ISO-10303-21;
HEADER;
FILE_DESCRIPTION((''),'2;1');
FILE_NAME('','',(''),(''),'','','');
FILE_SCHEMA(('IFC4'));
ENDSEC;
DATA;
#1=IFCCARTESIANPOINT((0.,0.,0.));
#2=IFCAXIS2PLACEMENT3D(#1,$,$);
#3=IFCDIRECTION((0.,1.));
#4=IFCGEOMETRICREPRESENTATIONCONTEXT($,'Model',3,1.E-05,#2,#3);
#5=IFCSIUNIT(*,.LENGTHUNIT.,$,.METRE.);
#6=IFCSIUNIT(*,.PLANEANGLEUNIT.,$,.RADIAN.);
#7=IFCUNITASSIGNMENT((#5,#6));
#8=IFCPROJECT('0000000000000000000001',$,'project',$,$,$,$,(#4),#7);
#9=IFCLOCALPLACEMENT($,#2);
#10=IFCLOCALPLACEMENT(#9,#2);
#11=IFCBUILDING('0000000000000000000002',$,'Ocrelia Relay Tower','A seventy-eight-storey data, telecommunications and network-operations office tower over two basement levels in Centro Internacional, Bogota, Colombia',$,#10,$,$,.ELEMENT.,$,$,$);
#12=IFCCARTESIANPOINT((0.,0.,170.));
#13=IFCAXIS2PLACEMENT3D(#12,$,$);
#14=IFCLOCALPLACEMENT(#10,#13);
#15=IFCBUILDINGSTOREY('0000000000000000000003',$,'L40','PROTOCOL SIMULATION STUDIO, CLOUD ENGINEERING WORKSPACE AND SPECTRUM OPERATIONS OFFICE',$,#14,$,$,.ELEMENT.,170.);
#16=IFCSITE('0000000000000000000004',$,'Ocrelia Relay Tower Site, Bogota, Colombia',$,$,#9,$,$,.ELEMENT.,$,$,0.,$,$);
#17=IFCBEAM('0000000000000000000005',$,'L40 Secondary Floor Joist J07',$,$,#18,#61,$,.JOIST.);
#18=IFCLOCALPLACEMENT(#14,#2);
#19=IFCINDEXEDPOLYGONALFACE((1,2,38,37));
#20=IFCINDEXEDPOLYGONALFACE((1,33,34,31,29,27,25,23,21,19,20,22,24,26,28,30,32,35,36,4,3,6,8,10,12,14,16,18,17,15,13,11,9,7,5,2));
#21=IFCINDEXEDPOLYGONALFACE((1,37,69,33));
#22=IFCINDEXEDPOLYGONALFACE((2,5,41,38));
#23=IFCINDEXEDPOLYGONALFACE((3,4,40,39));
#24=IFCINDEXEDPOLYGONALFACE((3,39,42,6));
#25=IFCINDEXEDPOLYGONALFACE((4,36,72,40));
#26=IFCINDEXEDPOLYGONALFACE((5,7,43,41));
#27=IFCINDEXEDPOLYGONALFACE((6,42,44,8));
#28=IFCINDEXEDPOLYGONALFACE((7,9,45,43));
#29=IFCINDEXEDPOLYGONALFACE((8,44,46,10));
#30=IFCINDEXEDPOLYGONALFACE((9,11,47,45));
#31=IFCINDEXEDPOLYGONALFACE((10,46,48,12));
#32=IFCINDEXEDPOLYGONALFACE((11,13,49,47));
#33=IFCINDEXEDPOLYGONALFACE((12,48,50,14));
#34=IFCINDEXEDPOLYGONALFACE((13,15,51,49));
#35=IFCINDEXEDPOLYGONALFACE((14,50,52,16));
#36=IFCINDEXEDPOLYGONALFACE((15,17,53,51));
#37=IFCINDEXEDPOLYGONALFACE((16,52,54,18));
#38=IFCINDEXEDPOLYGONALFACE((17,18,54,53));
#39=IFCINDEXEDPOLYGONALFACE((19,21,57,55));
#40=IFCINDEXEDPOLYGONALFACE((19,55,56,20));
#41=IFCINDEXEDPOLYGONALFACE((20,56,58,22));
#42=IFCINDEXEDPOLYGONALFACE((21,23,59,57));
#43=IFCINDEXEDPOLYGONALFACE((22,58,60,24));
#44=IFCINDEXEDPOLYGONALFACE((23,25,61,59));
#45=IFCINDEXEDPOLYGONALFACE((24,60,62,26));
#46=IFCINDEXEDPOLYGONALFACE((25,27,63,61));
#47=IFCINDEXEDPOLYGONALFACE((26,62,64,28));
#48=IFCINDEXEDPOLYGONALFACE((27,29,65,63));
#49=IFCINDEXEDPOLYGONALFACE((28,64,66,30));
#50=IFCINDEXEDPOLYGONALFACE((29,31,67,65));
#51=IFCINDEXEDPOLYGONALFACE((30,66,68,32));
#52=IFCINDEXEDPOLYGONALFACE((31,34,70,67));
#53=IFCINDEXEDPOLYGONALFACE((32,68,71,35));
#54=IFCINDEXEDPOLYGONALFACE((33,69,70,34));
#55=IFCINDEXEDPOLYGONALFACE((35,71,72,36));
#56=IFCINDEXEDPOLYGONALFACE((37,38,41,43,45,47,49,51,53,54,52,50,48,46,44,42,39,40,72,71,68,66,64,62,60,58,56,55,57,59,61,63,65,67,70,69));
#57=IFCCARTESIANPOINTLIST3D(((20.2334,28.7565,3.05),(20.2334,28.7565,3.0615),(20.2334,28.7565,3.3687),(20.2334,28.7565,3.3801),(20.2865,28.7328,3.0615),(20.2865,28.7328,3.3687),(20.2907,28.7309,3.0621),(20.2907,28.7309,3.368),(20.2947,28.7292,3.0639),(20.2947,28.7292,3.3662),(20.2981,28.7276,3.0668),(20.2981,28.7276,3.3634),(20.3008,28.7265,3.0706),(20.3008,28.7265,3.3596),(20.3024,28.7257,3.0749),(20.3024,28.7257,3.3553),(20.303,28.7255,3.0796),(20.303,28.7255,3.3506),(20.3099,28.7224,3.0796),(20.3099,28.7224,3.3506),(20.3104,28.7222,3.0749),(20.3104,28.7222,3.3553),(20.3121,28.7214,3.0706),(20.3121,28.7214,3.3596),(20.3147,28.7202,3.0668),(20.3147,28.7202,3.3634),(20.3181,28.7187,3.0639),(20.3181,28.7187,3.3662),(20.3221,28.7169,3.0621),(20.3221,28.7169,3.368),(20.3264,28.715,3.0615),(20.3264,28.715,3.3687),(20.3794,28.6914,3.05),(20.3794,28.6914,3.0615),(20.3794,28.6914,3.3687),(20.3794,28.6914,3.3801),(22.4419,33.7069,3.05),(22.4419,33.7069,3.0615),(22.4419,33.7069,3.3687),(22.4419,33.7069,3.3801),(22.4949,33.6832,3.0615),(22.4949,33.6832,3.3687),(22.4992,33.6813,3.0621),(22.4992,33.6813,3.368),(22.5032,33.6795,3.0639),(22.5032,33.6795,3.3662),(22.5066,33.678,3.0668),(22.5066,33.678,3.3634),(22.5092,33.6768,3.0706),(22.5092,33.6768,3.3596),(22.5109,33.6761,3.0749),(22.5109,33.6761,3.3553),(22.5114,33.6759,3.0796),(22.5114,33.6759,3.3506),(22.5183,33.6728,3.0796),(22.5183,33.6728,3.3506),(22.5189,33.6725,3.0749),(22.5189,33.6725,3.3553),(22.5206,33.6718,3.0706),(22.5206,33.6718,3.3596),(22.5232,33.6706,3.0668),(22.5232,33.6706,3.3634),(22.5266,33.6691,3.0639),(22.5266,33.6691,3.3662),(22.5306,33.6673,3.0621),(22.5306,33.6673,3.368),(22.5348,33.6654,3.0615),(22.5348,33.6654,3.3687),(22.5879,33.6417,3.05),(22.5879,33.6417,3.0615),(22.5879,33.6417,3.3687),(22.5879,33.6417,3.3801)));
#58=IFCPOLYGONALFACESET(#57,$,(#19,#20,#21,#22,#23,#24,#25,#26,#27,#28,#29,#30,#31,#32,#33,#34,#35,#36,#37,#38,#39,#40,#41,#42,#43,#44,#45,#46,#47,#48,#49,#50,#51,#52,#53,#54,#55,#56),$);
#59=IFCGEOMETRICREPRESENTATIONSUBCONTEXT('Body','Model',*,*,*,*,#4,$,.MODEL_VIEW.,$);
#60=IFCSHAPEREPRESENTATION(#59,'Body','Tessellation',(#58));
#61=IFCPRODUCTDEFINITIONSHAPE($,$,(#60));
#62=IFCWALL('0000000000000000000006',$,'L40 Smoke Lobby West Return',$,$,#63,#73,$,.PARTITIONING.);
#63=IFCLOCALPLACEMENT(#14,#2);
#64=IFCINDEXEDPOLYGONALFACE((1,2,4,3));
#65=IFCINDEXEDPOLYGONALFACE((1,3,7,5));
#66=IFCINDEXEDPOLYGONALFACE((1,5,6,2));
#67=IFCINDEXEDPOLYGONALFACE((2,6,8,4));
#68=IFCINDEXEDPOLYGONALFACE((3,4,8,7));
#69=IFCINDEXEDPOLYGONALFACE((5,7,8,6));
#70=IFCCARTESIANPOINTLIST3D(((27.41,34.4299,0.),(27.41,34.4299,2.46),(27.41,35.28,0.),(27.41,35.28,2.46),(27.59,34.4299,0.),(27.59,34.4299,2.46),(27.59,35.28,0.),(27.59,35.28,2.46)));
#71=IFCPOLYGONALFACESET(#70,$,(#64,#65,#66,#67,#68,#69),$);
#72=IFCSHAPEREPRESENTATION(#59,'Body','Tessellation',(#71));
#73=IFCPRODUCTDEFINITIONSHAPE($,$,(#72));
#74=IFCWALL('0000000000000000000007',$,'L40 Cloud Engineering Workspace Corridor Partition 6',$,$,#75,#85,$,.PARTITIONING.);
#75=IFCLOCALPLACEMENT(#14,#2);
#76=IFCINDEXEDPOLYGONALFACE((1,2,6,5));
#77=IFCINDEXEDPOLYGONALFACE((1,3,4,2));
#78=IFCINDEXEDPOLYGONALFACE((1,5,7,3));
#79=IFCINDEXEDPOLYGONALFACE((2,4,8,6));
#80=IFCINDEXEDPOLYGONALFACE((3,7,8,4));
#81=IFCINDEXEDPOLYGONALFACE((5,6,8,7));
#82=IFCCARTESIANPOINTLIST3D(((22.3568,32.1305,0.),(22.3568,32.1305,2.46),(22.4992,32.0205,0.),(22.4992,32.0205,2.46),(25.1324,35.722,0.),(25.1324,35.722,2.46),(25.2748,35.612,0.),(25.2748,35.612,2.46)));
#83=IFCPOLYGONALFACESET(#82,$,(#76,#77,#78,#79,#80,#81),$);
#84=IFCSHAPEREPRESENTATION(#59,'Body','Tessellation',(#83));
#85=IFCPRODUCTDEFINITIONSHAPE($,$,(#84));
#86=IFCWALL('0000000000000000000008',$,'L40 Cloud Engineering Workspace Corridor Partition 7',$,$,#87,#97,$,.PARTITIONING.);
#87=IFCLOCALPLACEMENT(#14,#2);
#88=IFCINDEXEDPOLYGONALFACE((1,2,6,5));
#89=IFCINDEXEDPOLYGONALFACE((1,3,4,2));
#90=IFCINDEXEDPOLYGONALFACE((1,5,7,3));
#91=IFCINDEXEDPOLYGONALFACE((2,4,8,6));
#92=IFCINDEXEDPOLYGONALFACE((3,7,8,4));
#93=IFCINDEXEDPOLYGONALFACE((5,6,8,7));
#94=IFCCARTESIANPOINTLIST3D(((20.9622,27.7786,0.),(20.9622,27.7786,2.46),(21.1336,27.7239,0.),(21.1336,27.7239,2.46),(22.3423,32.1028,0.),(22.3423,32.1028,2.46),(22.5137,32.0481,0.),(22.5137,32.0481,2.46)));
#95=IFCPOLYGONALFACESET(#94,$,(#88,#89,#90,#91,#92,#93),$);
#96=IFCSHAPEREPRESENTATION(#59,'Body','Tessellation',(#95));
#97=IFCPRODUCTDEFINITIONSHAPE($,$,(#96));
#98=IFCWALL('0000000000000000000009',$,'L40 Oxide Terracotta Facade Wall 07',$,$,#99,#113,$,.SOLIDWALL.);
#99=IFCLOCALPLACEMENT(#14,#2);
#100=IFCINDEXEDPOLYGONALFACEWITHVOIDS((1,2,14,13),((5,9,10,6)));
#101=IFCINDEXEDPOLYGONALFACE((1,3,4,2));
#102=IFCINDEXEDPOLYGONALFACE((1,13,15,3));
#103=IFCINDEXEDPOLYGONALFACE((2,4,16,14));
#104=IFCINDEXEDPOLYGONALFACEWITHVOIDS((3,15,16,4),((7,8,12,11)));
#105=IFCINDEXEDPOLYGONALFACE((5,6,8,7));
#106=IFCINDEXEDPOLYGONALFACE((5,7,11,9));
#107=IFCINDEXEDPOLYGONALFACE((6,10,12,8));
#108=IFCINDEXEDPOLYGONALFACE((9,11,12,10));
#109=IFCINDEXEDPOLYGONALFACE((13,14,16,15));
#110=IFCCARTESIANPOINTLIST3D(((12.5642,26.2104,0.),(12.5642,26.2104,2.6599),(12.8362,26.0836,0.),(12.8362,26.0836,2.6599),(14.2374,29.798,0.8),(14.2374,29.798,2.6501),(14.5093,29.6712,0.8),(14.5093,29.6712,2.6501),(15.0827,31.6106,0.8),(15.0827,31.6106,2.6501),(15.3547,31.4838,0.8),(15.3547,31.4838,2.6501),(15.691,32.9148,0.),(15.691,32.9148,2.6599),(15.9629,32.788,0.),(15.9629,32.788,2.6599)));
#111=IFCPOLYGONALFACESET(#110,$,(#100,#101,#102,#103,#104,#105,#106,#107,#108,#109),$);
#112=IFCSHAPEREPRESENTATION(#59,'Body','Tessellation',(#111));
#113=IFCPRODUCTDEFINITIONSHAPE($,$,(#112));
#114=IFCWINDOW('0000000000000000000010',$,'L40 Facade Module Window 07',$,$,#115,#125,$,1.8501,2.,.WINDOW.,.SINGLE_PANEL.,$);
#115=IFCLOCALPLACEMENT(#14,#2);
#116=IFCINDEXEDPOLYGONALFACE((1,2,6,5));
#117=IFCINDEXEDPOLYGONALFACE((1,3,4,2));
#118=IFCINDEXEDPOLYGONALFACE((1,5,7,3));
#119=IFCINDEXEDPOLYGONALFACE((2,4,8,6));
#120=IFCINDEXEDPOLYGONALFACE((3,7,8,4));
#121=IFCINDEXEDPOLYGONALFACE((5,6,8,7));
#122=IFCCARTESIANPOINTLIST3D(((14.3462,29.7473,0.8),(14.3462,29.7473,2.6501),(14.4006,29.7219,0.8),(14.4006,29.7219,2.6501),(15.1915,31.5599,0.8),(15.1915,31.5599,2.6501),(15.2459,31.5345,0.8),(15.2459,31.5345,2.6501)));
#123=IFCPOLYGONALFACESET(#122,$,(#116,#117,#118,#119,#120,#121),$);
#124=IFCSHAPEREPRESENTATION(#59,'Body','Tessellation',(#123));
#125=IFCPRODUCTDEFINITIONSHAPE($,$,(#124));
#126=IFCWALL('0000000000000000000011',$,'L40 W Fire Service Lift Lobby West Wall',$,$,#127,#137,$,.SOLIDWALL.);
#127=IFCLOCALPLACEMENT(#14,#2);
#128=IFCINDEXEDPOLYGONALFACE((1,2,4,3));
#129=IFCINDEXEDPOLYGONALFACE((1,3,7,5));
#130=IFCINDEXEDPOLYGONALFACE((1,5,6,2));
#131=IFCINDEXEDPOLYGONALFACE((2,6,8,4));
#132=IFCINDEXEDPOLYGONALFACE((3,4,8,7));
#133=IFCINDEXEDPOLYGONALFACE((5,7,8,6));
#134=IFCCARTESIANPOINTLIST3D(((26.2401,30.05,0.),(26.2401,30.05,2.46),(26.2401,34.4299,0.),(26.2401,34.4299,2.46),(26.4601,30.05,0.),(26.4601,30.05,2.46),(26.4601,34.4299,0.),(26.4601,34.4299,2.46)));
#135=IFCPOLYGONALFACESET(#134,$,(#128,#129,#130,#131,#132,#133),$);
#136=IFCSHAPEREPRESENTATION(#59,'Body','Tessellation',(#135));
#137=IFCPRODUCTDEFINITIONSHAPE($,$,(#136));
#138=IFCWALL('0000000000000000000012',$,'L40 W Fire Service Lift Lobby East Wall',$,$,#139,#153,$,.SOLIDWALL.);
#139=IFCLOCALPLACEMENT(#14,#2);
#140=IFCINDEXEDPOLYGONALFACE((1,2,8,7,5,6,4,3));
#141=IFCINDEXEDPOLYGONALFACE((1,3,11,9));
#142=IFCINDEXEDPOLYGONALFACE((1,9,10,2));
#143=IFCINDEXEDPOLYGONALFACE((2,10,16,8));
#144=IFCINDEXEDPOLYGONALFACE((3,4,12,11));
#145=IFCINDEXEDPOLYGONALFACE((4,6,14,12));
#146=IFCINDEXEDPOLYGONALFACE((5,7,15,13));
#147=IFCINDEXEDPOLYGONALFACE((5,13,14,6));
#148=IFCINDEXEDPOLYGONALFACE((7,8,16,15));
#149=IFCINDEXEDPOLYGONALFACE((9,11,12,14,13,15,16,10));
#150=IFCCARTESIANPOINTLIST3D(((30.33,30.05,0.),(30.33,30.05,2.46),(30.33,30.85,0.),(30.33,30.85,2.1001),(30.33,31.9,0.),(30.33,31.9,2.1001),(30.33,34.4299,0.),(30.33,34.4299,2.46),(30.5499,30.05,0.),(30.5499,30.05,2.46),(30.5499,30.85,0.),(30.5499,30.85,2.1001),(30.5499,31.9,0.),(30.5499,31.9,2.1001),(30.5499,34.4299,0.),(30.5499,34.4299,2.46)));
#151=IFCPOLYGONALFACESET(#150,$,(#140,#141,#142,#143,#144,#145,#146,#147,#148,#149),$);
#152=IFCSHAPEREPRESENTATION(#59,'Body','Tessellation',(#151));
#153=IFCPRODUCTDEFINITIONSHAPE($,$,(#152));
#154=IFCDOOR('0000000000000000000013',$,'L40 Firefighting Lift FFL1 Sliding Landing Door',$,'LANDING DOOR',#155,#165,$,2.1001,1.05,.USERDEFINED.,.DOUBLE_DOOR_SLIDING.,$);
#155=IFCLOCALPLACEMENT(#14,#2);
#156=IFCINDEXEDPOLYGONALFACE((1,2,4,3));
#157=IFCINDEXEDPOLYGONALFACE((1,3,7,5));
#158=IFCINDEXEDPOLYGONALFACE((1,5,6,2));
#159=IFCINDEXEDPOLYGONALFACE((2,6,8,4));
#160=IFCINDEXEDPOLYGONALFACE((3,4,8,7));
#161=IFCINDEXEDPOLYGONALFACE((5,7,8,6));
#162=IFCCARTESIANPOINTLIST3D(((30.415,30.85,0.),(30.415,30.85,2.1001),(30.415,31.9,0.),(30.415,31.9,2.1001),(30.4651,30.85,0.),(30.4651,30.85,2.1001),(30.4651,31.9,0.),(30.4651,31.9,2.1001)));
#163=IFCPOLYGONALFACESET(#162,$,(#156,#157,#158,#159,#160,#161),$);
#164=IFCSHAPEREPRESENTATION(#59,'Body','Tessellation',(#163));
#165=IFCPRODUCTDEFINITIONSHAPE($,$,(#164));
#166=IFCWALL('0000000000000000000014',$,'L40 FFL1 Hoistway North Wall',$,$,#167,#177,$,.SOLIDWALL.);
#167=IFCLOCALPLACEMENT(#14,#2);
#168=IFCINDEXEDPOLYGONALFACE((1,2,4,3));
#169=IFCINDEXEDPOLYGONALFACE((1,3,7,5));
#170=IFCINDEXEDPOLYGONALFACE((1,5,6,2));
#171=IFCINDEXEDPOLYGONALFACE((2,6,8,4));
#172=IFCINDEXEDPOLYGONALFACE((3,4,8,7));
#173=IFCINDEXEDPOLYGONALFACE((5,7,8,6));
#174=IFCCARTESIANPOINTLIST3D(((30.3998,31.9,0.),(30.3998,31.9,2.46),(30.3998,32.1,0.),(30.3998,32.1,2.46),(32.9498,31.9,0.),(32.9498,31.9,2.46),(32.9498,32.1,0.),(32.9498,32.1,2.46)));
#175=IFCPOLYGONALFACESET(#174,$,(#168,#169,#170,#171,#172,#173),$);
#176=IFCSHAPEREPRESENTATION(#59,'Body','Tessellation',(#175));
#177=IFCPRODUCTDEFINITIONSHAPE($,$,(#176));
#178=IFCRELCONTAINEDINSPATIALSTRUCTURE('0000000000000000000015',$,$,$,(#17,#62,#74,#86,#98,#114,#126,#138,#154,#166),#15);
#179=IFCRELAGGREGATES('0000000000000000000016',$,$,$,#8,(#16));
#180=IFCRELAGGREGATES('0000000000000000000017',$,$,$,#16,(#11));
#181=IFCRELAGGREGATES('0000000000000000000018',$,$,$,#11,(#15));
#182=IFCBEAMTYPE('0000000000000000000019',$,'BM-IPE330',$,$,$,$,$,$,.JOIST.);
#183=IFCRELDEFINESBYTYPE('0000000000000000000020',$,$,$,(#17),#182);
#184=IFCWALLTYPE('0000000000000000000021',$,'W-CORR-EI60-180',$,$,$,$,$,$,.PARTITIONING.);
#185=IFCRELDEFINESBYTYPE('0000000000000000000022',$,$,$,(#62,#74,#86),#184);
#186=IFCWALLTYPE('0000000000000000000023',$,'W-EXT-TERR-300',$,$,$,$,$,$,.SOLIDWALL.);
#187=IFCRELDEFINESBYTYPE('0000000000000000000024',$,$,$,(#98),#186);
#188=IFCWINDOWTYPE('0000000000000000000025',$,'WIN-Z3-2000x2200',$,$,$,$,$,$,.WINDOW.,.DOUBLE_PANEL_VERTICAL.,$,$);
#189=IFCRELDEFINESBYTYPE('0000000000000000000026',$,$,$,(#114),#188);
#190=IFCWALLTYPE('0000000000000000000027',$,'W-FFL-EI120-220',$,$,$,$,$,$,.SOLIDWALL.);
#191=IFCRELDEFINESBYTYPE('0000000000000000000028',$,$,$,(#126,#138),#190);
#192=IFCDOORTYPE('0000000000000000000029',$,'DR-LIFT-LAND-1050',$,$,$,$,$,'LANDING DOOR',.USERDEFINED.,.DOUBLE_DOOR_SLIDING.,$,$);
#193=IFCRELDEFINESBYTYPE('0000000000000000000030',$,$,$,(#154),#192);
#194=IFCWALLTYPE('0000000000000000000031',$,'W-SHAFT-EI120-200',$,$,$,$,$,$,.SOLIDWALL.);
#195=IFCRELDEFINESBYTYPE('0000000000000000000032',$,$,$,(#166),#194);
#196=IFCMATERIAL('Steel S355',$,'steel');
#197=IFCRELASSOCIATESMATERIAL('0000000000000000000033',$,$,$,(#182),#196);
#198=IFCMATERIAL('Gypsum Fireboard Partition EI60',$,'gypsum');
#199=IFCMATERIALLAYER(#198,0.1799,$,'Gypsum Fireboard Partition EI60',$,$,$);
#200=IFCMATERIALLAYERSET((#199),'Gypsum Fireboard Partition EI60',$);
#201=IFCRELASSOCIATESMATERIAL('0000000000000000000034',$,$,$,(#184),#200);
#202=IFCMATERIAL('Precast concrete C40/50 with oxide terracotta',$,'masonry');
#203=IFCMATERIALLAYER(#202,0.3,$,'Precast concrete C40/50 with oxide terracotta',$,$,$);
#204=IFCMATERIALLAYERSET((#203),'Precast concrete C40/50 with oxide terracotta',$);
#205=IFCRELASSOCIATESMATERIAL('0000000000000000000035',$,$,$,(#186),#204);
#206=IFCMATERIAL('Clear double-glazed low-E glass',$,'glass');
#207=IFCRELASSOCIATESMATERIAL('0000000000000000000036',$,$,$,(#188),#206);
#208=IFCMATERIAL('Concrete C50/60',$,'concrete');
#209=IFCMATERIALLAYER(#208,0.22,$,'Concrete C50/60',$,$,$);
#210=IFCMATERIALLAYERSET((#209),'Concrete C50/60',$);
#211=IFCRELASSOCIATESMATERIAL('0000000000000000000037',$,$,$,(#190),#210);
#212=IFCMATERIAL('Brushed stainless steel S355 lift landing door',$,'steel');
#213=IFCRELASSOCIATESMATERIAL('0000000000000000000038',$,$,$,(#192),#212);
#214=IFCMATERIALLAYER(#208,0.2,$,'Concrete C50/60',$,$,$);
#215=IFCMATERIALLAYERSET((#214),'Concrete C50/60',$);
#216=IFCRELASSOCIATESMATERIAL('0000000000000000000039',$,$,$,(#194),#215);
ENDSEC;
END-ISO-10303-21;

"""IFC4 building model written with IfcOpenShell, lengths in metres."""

from ifc_helpers import new_model, si_unit, direction, frame, frame_2d, origin, origin_2d, place, context, subcontext, project, spatial, rectangle, i_section, extrude, material, layer, layer_set, material_profile, profile_set, type_object, element, fill, save


model = new_model("IFC4")

# Units and contexts
model_context = context("Model", 3, precision=1e-05, world=origin(), true_north=direction((0.0, 1.0)))
body_context = subcontext(model_context, "Body", "Model", "MODEL_VIEW")
ifc_project = project(units=[si_unit("LENGTHUNIT", "METRE"), si_unit("PLANEANGLEUNIT", "RADIAN")], contexts=[model_context])

# Site, building, storey
site_placement = place(None, origin())
site = spatial("IfcSite", under=ifc_project, at=site_placement, Name="Ocrelia Relay Tower Site, Bogota, Colombia", CompositionType="ELEMENT", RefElevation=0.0)
building_placement = place(site_placement, origin())
building = spatial("IfcBuilding", under=site, at=building_placement, Name="Ocrelia Relay Tower", Description="A seventy-eight-storey data, telecommunications and network-operations office tower over two basement levels in Centro Internacional, Bogota, Colombia", CompositionType="ELEMENT")
storey_placement = place(building_placement, frame((0.0, 0.0, 170.0)))
storey = spatial("IfcBuildingStorey", under=building, at=storey_placement, Name="L40", Description="PROTOCOL SIMULATION STUDIO, CLOUD ENGINEERING WORKSPACE AND SPECTRUM OPERATIONS OFFICE", CompositionType="ELEMENT", Elevation=170.0)

# Beam
ifc_material_1 = material(Name="Steel S355", Category="steel")
ifc_material_profile_1 = material_profile(ifc_material_1, i_section(OverallWidth=0.1599, OverallDepth=0.3301, WebThickness=0.0076, FlangeThickness=0.0115, FilletRadius=0.0181, at=origin_2d()), Name="IPE 330")
ifc_profile_set_1 = profile_set([ifc_material_profile_1], Name="Steel S355")
beam_type_1 = type_object("IfcBeamType", Name="BM-IPE330", PredefinedType="JOIST", material=ifc_profile_set_1)
beam_1_placement = place(storey_placement, frame((22.5149, 33.6743, 3.2151), z_axis=(-0.407417, -0.913242, 0.0), x_axis=(0.913242, -0.407417, 0.0)))
element("IfcBeam", 1, at=beam_1_placement, inside=storey, type_object=beam_type_1, Name="L40 Secondary Floor Joist J07", PredefinedType="JOIST", context=body_context, shape_type="SweptSolid", body=[
    extrude(i_section(OverallWidth=0.1599, OverallDepth=0.3301, WebThickness=0.0076, FlangeThickness=0.0115, FilletRadius=0.0181, at=origin_2d()), origin(), (0.0, 0.0, 1.0), 5.4207),
])

# Wall
ifc_material_2 = material(Name="Gypsum Fireboard Partition EI60", Category="gypsum")
ifc_layer_1 = layer(ifc_material_2, 0.1799, Name="Gypsum Fireboard Partition EI60")
ifc_layer_set_1 = layer_set([ifc_layer_1], Name="Gypsum Fireboard Partition EI60")
wall_type_1 = type_object("IfcWallType", Name="W-CORR-EI60-180", PredefinedType="PARTITIONING", material=ifc_layer_set_1)
wall_1_placement = place(storey_placement, frame((27.5, 34.4299, 0.0), z_axis=(0.0, 0.0, 1.0), x_axis=(0.0, 1.0, 0.0)))
element("IfcWall", 2, at=wall_1_placement, inside=storey, type_object=wall_type_1, Name="L40 Smoke Lobby West Return", PredefinedType="PARTITIONING", context=body_context, shape_type="SweptSolid", body=[
    extrude(rectangle(XDim=0.8501, YDim=0.1799, at=frame_2d((0.425, 0.0))), origin(), (0.0, 0.0, 1.0), 2.46),
])

# Walls
for number, where, z_axis, x_axis, name in (
    (3, (25.2036, 35.667, 0.0), (0.0, 0.0, 1.0), (-0.611495, -0.791248, 0.0), "L40 Cloud Engineering Workspace Corridor Partition 6"),
    (4, (22.428, 32.0754, 0.0), (0.0, 0.0, 1.0), (-0.304052, -0.952656, 0.0), "L40 Cloud Engineering Workspace Corridor Partition 7"),
):
    element("IfcWall", number, at=place(storey_placement, frame(where, z_axis=z_axis, x_axis=x_axis)), inside=storey, type_object=wall_type_1, Name=name, PredefinedType="PARTITIONING", context=body_context, shape_type="SweptSolid", body=[
        extrude(rectangle(XDim=4.5391, YDim=0.1799, at=frame_2d((2.2695, 0.0))), origin(), (0.0, 0.0, 1.0), 2.46),
    ])

# Wall, opening, window
ifc_material_3 = material(Name="Precast concrete C40/50 with oxide terracotta", Category="masonry")
ifc_layer_2 = layer(ifc_material_3, 0.3, Name="Precast concrete C40/50 with oxide terracotta")
ifc_layer_set_2 = layer_set([ifc_layer_2], Name="Precast concrete C40/50 with oxide terracotta")
wall_type_2 = type_object("IfcWallType", Name="W-EXT-TERR-300", PredefinedType="SOLIDWALL", material=ifc_layer_set_2)
wall_2_placement = place(storey_placement, frame((15.8269, 32.8513, 0.0), z_axis=(0.0, 0.0, 1.0), x_axis=(-0.422665, -0.906286, 0.0)))
wall_2 = element("IfcWall", 5, at=wall_2_placement, inside=storey, type_object=wall_type_2, Name="L40 Oxide Terracotta Facade Wall 07", PredefinedType="SOLIDWALL", context=body_context, shape_type="SweptSolid", body=[
    extrude(rectangle(XDim=7.3977, YDim=0.3, at=frame_2d((3.6987, 0.0))), origin(), (0.0, 0.0, 1.0), 2.6599),
])
opening_1_placement = place(wall_2_placement, frame((1.439, 0.0, 0.8)))
opening_1 = element("IfcOpeningElement", 6, at=opening_1_placement, cuts=wall_2, PredefinedType="OPENING", context=body_context, shape_type="SweptSolid", body=[
    extrude(rectangle(XDim=2.0, YDim=1.8501, at=frame_2d((1.0, 0.925))), frame((0.0, 0.1602, 0.0), z_axis=(0.0, -1.0, 0.0), x_axis=(1.0, 0.0, 0.0)), (0.0, 0.0, 1.0), 0.3201),
])
ifc_material_4 = material(Name="Clear double-glazed low-E glass", Category="glass")
window_type = type_object("IfcWindowType", Name="WIN-Z3-2000x2200", PartitioningType="DOUBLE_PANEL_VERTICAL", PredefinedType="WINDOW", material=ifc_material_4)
window_placement = place(opening_1_placement, origin())
window = element("IfcWindow", 7, at=window_placement, inside=storey, type_object=window_type, Name="L40 Facade Module Window 07", OverallHeight=1.8501, OverallWidth=2.0, PartitioningType="SINGLE_PANEL", PredefinedType="WINDOW", context=body_context, shape_type="SweptSolid", body=[
    extrude(rectangle(XDim=2.0, YDim=1.8501, at=frame_2d((1.0, 0.925))), frame((0.0, 0.03, 0.0), z_axis=(0.0, -1.0, 0.0), x_axis=(1.0, 0.0, 0.0)), (0.0, 0.0, 1.0), 0.0601),
])
fill(opening_1, window)

# Wall
ifc_material_5 = material(Name="Concrete C50/60", Category="concrete")
ifc_layer_3 = layer(ifc_material_5, 0.22, Name="Concrete C50/60")
ifc_layer_set_3 = layer_set([ifc_layer_3], Name="Concrete C50/60")
wall_type_3 = type_object("IfcWallType", Name="W-FFL-EI120-220", PredefinedType="SOLIDWALL", material=ifc_layer_set_3)
wall_3_placement = place(storey_placement, frame((26.3501, 30.05, 0.0), z_axis=(0.0, 0.0, 1.0), x_axis=(0.0, 1.0, 0.0)))
element("IfcWall", 8, at=wall_3_placement, inside=storey, type_object=wall_type_3, Name="L40 W Fire Service Lift Lobby West Wall", PredefinedType="SOLIDWALL", context=body_context, shape_type="SweptSolid", body=[
    extrude(rectangle(XDim=4.3799, YDim=0.22, at=frame_2d((2.1899, 0.0))), origin(), (0.0, 0.0, 1.0), 2.46),
])

# Wall, opening, door
wall_4_placement = place(storey_placement, frame((30.4399, 30.05, 0.0), z_axis=(0.0, 0.0, 1.0), x_axis=(0.0, 1.0, 0.0)))
wall_4 = element("IfcWall", 9, at=wall_4_placement, inside=storey, type_object=wall_type_3, Name="L40 W Fire Service Lift Lobby East Wall", PredefinedType="SOLIDWALL", context=body_context, shape_type="SweptSolid", body=[
    extrude(rectangle(XDim=4.3799, YDim=0.22, at=frame_2d((2.1899, 0.0))), origin(), (0.0, 0.0, 1.0), 2.46),
])
opening_2_placement = place(wall_4_placement, frame((0.8, 0.0, 0.0)))
opening_2 = element("IfcOpeningElement", 10, at=opening_2_placement, cuts=wall_4, PredefinedType="OPENING", context=body_context, shape_type="SweptSolid", body=[
    extrude(rectangle(XDim=1.05, YDim=2.1001, at=frame_2d((0.5249, 1.05))), frame((0.0, 0.1201, 0.0), z_axis=(0.0, -1.0, 0.0), x_axis=(1.0, 0.0, 0.0)), (0.0, 0.0, 1.0), 0.24),
])
ifc_material_6 = material(Name="Brushed stainless steel S355 lift landing door", Category="steel")
door_type_1 = type_object("IfcDoorType", Name="DR-LIFT-LAND-1050", ElementType="LANDING DOOR", OperationType="DOUBLE_DOOR_SLIDING", PredefinedType="USERDEFINED", material=ifc_material_6)
door_1_placement = place(opening_2_placement, origin())
door_1 = element("IfcDoor", 11, at=door_1_placement, inside=storey, type_object=door_type_1, Name="L40 Firefighting Lift FFL1 Sliding Landing Door", ObjectType="LANDING DOOR", OperationType="DOUBLE_DOOR_SLIDING", OverallHeight=2.1001, OverallWidth=1.05, PredefinedType="USERDEFINED", context=body_context, shape_type="SweptSolid", body=[
    extrude(rectangle(XDim=1.05, YDim=2.1001, at=frame_2d((0.5249, 1.05))), frame((0.0, 0.0249, 0.0), z_axis=(0.0, -1.0, 0.0), x_axis=(1.0, 0.0, 0.0)), (0.0, 0.0, 1.0), 0.05),
])
fill(opening_2, door_1)

# Wall
ifc_layer_4 = layer(ifc_material_5, 0.2, Name="Concrete C50/60")
ifc_layer_set_4 = layer_set([ifc_layer_4], Name="Concrete C50/60")
wall_type_4 = type_object("IfcWallType", Name="W-SHAFT-EI120-200", PredefinedType="SOLIDWALL", material=ifc_layer_set_4)
wall_5_placement = place(storey_placement, frame((30.3999, 32.0, 0.0), z_axis=(0.0, 0.0, 1.0), x_axis=(1.0, 0.0, 0.0)))
element("IfcWall", 12, at=wall_5_placement, inside=storey, type_object=wall_type_4, Name="L40 FFL1 Hoistway North Wall", PredefinedType="SOLIDWALL", context=body_context, shape_type="SweptSolid", body=[
    extrude(rectangle(XDim=2.55, YDim=0.2, at=frame_2d((1.2749, 0.0))), origin(), (0.0, 0.0, 1.0), 2.46),
])

save(model, "model.ifc")
